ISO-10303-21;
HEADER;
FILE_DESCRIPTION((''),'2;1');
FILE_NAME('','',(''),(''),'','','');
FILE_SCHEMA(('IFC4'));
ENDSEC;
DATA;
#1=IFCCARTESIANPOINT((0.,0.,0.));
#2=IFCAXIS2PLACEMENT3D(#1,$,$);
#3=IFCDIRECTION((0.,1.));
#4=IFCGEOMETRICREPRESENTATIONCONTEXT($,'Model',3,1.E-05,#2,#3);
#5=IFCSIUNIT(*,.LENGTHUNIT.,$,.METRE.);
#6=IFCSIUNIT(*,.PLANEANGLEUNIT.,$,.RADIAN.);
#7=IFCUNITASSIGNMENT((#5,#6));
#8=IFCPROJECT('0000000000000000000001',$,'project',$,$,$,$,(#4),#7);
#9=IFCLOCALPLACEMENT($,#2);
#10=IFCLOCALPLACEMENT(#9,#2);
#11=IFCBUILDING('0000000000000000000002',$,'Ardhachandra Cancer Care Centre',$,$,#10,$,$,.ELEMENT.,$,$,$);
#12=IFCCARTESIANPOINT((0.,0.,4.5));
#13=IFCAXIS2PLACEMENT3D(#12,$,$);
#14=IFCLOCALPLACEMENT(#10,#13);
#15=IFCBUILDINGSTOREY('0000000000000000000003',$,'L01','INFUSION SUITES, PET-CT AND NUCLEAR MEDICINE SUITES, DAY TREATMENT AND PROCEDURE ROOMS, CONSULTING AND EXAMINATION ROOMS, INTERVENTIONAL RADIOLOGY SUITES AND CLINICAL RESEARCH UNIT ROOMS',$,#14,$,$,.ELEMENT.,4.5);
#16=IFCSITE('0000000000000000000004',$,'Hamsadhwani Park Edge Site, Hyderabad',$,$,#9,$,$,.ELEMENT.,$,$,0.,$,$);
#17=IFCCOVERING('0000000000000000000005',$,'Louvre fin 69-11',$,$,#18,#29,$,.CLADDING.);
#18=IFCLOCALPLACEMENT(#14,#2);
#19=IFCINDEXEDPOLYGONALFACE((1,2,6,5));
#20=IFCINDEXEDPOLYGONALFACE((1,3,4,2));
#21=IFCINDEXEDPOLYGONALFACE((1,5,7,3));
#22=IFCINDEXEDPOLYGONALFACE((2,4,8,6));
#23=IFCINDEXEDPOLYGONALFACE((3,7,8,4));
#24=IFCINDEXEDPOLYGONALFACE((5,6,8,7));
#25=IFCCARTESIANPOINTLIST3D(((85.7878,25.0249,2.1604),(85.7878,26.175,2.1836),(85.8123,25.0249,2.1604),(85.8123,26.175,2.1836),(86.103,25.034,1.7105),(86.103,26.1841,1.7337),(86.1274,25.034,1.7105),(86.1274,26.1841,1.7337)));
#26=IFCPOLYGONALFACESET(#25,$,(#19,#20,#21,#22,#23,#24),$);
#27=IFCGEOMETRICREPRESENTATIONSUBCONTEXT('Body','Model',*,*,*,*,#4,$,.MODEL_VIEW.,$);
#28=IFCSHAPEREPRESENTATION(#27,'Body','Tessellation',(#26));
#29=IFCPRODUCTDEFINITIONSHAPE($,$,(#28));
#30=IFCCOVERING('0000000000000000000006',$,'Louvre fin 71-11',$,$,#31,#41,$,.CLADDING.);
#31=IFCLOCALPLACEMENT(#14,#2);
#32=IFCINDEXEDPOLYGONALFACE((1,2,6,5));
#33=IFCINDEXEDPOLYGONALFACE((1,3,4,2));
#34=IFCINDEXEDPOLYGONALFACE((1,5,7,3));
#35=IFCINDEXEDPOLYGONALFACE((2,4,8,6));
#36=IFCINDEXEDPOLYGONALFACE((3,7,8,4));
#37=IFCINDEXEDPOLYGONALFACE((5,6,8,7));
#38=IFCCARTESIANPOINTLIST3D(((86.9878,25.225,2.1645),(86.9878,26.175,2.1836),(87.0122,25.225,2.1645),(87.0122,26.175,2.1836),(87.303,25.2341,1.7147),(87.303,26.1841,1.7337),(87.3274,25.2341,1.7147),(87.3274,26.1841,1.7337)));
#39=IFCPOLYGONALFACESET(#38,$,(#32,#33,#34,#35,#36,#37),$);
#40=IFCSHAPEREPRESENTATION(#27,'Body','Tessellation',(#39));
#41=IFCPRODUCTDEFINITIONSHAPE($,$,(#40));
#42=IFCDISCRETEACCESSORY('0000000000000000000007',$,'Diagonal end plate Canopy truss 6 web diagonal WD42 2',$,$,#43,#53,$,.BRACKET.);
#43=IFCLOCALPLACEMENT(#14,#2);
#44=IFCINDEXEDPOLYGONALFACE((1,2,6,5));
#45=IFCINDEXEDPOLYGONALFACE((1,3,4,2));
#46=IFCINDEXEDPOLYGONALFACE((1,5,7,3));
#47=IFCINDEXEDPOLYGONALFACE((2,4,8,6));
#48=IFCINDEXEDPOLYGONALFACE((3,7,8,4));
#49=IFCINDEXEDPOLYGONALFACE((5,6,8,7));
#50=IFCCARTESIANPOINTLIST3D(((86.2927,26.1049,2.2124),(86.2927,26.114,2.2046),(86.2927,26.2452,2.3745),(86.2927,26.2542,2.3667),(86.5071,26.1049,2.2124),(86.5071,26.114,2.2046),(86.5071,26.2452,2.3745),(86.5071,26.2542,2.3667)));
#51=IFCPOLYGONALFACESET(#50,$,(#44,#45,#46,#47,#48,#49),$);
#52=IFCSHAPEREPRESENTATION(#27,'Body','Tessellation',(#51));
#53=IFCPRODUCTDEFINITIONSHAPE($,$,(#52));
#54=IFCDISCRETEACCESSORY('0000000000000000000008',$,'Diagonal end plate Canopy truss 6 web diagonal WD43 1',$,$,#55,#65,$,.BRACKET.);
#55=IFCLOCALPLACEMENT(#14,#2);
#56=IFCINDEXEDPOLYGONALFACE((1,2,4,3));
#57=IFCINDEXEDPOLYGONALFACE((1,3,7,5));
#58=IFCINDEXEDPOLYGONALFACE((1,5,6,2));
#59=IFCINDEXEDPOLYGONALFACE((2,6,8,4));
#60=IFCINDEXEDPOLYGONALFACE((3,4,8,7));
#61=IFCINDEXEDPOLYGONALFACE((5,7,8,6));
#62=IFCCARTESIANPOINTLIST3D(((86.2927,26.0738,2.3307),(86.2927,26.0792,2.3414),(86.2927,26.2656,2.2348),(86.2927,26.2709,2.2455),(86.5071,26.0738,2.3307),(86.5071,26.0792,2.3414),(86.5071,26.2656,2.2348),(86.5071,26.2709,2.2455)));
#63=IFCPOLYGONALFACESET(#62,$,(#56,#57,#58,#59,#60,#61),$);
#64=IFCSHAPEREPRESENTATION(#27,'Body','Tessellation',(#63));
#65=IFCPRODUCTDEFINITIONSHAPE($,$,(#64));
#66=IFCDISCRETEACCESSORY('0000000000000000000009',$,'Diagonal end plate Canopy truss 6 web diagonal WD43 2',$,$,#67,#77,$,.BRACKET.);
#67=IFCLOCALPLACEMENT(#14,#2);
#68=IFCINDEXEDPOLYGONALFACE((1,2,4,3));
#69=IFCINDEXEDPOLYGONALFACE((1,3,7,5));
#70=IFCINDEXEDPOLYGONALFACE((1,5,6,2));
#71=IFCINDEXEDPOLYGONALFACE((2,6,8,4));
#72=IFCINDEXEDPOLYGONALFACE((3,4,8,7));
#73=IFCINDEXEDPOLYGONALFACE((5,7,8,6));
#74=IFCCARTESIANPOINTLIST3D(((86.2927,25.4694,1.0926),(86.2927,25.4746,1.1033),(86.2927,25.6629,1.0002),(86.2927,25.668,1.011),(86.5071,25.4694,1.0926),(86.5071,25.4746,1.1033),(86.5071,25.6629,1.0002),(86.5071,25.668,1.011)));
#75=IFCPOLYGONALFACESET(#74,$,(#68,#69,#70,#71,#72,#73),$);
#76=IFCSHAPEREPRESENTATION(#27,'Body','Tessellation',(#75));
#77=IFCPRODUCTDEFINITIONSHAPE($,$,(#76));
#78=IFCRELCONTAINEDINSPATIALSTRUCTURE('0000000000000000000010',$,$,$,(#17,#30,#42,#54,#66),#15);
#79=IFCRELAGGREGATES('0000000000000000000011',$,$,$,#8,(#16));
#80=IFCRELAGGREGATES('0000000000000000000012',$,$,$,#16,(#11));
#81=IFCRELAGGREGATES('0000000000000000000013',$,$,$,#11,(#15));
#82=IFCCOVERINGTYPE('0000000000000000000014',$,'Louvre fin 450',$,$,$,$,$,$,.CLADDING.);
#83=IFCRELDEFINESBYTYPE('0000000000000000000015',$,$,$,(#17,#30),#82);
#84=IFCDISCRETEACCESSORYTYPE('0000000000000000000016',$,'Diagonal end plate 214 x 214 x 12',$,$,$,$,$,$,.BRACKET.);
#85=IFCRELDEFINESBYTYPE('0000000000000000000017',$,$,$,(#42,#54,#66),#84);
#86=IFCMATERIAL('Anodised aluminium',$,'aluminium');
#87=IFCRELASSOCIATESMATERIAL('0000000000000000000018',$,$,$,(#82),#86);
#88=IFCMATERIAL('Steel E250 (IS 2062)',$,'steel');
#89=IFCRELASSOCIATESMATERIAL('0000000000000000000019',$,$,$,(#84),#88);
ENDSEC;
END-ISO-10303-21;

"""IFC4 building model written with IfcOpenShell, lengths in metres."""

from ifc_helpers import new_model, si_unit, direction, frame, origin, origin_2d, place, context, subcontext, project, spatial, polyline, rectangle, outline, extrude, material, material_profile, profile_set, type_object, element, save


model = new_model("IFC4")

# Units and contexts
model_context = context("Model", 3, precision=1e-05, world=origin(), true_north=direction((0.0, 1.0)))
body_context = subcontext(model_context, "Body", "Model", "MODEL_VIEW")
ifc_project = project(units=[si_unit("LENGTHUNIT", "METRE"), si_unit("PLANEANGLEUNIT", "RADIAN")], contexts=[model_context])

# Site, building, storey
site_placement = place(None, origin())
site = spatial("IfcSite", under=ifc_project, at=site_placement, Name="Hamsadhwani Park Edge Site, Hyderabad", CompositionType="ELEMENT", RefElevation=0.0)
building_placement = place(site_placement, origin())
building = spatial("IfcBuilding", under=site, at=building_placement, Name="Ardhachandra Cancer Care Centre", CompositionType="ELEMENT")
storey_placement = place(building_placement, frame((0.0, 0.0, 4.5)))
storey = spatial("IfcBuildingStorey", under=building, at=storey_placement, Name="L01", Description="INFUSION SUITES, PET-CT AND NUCLEAR MEDICINE SUITES, DAY TREATMENT AND PROCEDURE ROOMS, CONSULTING AND EXAMINATION ROOMS, INTERVENTIONAL RADIOLOGY SUITES AND CLINICAL RESEARCH UNIT ROOMS", CompositionType="ELEMENT", Elevation=4.5)

# Coverings
ifc_material_1 = material(Name="Anodised aluminium", Category="aluminium")
ifc_material_profile_1 = material_profile(ifc_material_1, outline(polyline([(-0.0122, 0.0), (0.0122, 0.0), (0.3274, -0.45), (0.303, -0.45), (-0.0122, 0.0)])), Name="Louvre fin 450")
ifc_profile_set_1 = profile_set([ifc_material_profile_1], Name="Anodised aluminium")
covering_type = type_object("IfcCoveringType", Name="Louvre fin 450", PredefinedType="CLADDING", material=ifc_profile_set_1)
covering_1_placement = place(storey_placement, frame((85.8, 26.175, 2.1836), z_axis=(0.0, -0.999797, -0.020161), x_axis=(1.0, 0.0, 0.0)))
element("IfcCovering", 1, at=covering_1_placement, inside=storey, type_object=covering_type, Name="Louvre fin 69-11", PredefinedType="CLADDING", context=body_context, shape_type="SweptSolid", body=[
    extrude(outline(polyline([(-0.0122, 0.0), (0.0122, 0.0), (0.3274, -0.45), (0.303, -0.45), (-0.0122, 0.0)])), origin(), (0.0, 0.0, 1.0), 1.1504),
])
covering_2_placement = place(storey_placement, frame((87.0, 26.175, 2.1836), z_axis=(0.0, -0.999799, -0.020042), x_axis=(1.0, 0.0, 0.0)))
element("IfcCovering", 2, at=covering_2_placement, inside=storey, type_object=covering_type, Name="Louvre fin 71-11", PredefinedType="CLADDING", context=body_context, shape_type="SweptSolid", body=[
    extrude(outline(polyline([(-0.0122, 0.0), (0.0122, 0.0), (0.3274, -0.45), (0.303, -0.45), (-0.0122, 0.0)])), origin(), (0.0, 0.0, 1.0), 0.9502),
])

# Discrete accessories
ifc_material_2 = material(Name="Steel E250 (IS 2062)", Category="steel")
ifc_material_profile_2 = material_profile(ifc_material_2, rectangle(XDim=0.2144, YDim=0.2144, at=origin_2d()), Name="PL 214x214x12")
ifc_profile_set_2 = profile_set([ifc_material_profile_2], Name="Steel E250 (IS 2062)")
discrete_accessory_type = type_object("IfcDiscreteAccessoryType", Name="Diagonal end plate 214 x 214 x 12", PredefinedType="BRACKET", material=ifc_profile_set_2)
for number, where, z_axis, x_axis, name in (
    (3, (86.3999, 26.175, 2.2935), (0.0, 0.756363, -0.654152), (-1.0, 0.0, 0.0), "Diagonal end plate Canopy truss 6 web diagonal WD42 2"),
    (4, (86.3999, 26.175, 2.2935), (0.0, -0.447214, -0.894427), (1.0, 0.0, 0.0), "Diagonal end plate Canopy truss 6 web diagonal WD43 1"),
    (5, (86.3999, 25.5662, 1.0464), (0.0, 0.43073, 0.902481), (-1.0, 0.0, 0.0), "Diagonal end plate Canopy truss 6 web diagonal WD43 2"),
):
    element("IfcDiscreteAccessory", number, at=place(storey_placement, frame(where, z_axis=z_axis, x_axis=x_axis)), inside=storey, type_object=discrete_accessory_type, Name=name, PredefinedType="BRACKET", context=body_context, shape_type="SweptSolid", body=[
        extrude(rectangle(XDim=0.2144, YDim=0.2144, at=origin_2d()), origin(), (0.0, 0.0, 1.0), 0.012),
    ])

save(model, "model.ifc")
